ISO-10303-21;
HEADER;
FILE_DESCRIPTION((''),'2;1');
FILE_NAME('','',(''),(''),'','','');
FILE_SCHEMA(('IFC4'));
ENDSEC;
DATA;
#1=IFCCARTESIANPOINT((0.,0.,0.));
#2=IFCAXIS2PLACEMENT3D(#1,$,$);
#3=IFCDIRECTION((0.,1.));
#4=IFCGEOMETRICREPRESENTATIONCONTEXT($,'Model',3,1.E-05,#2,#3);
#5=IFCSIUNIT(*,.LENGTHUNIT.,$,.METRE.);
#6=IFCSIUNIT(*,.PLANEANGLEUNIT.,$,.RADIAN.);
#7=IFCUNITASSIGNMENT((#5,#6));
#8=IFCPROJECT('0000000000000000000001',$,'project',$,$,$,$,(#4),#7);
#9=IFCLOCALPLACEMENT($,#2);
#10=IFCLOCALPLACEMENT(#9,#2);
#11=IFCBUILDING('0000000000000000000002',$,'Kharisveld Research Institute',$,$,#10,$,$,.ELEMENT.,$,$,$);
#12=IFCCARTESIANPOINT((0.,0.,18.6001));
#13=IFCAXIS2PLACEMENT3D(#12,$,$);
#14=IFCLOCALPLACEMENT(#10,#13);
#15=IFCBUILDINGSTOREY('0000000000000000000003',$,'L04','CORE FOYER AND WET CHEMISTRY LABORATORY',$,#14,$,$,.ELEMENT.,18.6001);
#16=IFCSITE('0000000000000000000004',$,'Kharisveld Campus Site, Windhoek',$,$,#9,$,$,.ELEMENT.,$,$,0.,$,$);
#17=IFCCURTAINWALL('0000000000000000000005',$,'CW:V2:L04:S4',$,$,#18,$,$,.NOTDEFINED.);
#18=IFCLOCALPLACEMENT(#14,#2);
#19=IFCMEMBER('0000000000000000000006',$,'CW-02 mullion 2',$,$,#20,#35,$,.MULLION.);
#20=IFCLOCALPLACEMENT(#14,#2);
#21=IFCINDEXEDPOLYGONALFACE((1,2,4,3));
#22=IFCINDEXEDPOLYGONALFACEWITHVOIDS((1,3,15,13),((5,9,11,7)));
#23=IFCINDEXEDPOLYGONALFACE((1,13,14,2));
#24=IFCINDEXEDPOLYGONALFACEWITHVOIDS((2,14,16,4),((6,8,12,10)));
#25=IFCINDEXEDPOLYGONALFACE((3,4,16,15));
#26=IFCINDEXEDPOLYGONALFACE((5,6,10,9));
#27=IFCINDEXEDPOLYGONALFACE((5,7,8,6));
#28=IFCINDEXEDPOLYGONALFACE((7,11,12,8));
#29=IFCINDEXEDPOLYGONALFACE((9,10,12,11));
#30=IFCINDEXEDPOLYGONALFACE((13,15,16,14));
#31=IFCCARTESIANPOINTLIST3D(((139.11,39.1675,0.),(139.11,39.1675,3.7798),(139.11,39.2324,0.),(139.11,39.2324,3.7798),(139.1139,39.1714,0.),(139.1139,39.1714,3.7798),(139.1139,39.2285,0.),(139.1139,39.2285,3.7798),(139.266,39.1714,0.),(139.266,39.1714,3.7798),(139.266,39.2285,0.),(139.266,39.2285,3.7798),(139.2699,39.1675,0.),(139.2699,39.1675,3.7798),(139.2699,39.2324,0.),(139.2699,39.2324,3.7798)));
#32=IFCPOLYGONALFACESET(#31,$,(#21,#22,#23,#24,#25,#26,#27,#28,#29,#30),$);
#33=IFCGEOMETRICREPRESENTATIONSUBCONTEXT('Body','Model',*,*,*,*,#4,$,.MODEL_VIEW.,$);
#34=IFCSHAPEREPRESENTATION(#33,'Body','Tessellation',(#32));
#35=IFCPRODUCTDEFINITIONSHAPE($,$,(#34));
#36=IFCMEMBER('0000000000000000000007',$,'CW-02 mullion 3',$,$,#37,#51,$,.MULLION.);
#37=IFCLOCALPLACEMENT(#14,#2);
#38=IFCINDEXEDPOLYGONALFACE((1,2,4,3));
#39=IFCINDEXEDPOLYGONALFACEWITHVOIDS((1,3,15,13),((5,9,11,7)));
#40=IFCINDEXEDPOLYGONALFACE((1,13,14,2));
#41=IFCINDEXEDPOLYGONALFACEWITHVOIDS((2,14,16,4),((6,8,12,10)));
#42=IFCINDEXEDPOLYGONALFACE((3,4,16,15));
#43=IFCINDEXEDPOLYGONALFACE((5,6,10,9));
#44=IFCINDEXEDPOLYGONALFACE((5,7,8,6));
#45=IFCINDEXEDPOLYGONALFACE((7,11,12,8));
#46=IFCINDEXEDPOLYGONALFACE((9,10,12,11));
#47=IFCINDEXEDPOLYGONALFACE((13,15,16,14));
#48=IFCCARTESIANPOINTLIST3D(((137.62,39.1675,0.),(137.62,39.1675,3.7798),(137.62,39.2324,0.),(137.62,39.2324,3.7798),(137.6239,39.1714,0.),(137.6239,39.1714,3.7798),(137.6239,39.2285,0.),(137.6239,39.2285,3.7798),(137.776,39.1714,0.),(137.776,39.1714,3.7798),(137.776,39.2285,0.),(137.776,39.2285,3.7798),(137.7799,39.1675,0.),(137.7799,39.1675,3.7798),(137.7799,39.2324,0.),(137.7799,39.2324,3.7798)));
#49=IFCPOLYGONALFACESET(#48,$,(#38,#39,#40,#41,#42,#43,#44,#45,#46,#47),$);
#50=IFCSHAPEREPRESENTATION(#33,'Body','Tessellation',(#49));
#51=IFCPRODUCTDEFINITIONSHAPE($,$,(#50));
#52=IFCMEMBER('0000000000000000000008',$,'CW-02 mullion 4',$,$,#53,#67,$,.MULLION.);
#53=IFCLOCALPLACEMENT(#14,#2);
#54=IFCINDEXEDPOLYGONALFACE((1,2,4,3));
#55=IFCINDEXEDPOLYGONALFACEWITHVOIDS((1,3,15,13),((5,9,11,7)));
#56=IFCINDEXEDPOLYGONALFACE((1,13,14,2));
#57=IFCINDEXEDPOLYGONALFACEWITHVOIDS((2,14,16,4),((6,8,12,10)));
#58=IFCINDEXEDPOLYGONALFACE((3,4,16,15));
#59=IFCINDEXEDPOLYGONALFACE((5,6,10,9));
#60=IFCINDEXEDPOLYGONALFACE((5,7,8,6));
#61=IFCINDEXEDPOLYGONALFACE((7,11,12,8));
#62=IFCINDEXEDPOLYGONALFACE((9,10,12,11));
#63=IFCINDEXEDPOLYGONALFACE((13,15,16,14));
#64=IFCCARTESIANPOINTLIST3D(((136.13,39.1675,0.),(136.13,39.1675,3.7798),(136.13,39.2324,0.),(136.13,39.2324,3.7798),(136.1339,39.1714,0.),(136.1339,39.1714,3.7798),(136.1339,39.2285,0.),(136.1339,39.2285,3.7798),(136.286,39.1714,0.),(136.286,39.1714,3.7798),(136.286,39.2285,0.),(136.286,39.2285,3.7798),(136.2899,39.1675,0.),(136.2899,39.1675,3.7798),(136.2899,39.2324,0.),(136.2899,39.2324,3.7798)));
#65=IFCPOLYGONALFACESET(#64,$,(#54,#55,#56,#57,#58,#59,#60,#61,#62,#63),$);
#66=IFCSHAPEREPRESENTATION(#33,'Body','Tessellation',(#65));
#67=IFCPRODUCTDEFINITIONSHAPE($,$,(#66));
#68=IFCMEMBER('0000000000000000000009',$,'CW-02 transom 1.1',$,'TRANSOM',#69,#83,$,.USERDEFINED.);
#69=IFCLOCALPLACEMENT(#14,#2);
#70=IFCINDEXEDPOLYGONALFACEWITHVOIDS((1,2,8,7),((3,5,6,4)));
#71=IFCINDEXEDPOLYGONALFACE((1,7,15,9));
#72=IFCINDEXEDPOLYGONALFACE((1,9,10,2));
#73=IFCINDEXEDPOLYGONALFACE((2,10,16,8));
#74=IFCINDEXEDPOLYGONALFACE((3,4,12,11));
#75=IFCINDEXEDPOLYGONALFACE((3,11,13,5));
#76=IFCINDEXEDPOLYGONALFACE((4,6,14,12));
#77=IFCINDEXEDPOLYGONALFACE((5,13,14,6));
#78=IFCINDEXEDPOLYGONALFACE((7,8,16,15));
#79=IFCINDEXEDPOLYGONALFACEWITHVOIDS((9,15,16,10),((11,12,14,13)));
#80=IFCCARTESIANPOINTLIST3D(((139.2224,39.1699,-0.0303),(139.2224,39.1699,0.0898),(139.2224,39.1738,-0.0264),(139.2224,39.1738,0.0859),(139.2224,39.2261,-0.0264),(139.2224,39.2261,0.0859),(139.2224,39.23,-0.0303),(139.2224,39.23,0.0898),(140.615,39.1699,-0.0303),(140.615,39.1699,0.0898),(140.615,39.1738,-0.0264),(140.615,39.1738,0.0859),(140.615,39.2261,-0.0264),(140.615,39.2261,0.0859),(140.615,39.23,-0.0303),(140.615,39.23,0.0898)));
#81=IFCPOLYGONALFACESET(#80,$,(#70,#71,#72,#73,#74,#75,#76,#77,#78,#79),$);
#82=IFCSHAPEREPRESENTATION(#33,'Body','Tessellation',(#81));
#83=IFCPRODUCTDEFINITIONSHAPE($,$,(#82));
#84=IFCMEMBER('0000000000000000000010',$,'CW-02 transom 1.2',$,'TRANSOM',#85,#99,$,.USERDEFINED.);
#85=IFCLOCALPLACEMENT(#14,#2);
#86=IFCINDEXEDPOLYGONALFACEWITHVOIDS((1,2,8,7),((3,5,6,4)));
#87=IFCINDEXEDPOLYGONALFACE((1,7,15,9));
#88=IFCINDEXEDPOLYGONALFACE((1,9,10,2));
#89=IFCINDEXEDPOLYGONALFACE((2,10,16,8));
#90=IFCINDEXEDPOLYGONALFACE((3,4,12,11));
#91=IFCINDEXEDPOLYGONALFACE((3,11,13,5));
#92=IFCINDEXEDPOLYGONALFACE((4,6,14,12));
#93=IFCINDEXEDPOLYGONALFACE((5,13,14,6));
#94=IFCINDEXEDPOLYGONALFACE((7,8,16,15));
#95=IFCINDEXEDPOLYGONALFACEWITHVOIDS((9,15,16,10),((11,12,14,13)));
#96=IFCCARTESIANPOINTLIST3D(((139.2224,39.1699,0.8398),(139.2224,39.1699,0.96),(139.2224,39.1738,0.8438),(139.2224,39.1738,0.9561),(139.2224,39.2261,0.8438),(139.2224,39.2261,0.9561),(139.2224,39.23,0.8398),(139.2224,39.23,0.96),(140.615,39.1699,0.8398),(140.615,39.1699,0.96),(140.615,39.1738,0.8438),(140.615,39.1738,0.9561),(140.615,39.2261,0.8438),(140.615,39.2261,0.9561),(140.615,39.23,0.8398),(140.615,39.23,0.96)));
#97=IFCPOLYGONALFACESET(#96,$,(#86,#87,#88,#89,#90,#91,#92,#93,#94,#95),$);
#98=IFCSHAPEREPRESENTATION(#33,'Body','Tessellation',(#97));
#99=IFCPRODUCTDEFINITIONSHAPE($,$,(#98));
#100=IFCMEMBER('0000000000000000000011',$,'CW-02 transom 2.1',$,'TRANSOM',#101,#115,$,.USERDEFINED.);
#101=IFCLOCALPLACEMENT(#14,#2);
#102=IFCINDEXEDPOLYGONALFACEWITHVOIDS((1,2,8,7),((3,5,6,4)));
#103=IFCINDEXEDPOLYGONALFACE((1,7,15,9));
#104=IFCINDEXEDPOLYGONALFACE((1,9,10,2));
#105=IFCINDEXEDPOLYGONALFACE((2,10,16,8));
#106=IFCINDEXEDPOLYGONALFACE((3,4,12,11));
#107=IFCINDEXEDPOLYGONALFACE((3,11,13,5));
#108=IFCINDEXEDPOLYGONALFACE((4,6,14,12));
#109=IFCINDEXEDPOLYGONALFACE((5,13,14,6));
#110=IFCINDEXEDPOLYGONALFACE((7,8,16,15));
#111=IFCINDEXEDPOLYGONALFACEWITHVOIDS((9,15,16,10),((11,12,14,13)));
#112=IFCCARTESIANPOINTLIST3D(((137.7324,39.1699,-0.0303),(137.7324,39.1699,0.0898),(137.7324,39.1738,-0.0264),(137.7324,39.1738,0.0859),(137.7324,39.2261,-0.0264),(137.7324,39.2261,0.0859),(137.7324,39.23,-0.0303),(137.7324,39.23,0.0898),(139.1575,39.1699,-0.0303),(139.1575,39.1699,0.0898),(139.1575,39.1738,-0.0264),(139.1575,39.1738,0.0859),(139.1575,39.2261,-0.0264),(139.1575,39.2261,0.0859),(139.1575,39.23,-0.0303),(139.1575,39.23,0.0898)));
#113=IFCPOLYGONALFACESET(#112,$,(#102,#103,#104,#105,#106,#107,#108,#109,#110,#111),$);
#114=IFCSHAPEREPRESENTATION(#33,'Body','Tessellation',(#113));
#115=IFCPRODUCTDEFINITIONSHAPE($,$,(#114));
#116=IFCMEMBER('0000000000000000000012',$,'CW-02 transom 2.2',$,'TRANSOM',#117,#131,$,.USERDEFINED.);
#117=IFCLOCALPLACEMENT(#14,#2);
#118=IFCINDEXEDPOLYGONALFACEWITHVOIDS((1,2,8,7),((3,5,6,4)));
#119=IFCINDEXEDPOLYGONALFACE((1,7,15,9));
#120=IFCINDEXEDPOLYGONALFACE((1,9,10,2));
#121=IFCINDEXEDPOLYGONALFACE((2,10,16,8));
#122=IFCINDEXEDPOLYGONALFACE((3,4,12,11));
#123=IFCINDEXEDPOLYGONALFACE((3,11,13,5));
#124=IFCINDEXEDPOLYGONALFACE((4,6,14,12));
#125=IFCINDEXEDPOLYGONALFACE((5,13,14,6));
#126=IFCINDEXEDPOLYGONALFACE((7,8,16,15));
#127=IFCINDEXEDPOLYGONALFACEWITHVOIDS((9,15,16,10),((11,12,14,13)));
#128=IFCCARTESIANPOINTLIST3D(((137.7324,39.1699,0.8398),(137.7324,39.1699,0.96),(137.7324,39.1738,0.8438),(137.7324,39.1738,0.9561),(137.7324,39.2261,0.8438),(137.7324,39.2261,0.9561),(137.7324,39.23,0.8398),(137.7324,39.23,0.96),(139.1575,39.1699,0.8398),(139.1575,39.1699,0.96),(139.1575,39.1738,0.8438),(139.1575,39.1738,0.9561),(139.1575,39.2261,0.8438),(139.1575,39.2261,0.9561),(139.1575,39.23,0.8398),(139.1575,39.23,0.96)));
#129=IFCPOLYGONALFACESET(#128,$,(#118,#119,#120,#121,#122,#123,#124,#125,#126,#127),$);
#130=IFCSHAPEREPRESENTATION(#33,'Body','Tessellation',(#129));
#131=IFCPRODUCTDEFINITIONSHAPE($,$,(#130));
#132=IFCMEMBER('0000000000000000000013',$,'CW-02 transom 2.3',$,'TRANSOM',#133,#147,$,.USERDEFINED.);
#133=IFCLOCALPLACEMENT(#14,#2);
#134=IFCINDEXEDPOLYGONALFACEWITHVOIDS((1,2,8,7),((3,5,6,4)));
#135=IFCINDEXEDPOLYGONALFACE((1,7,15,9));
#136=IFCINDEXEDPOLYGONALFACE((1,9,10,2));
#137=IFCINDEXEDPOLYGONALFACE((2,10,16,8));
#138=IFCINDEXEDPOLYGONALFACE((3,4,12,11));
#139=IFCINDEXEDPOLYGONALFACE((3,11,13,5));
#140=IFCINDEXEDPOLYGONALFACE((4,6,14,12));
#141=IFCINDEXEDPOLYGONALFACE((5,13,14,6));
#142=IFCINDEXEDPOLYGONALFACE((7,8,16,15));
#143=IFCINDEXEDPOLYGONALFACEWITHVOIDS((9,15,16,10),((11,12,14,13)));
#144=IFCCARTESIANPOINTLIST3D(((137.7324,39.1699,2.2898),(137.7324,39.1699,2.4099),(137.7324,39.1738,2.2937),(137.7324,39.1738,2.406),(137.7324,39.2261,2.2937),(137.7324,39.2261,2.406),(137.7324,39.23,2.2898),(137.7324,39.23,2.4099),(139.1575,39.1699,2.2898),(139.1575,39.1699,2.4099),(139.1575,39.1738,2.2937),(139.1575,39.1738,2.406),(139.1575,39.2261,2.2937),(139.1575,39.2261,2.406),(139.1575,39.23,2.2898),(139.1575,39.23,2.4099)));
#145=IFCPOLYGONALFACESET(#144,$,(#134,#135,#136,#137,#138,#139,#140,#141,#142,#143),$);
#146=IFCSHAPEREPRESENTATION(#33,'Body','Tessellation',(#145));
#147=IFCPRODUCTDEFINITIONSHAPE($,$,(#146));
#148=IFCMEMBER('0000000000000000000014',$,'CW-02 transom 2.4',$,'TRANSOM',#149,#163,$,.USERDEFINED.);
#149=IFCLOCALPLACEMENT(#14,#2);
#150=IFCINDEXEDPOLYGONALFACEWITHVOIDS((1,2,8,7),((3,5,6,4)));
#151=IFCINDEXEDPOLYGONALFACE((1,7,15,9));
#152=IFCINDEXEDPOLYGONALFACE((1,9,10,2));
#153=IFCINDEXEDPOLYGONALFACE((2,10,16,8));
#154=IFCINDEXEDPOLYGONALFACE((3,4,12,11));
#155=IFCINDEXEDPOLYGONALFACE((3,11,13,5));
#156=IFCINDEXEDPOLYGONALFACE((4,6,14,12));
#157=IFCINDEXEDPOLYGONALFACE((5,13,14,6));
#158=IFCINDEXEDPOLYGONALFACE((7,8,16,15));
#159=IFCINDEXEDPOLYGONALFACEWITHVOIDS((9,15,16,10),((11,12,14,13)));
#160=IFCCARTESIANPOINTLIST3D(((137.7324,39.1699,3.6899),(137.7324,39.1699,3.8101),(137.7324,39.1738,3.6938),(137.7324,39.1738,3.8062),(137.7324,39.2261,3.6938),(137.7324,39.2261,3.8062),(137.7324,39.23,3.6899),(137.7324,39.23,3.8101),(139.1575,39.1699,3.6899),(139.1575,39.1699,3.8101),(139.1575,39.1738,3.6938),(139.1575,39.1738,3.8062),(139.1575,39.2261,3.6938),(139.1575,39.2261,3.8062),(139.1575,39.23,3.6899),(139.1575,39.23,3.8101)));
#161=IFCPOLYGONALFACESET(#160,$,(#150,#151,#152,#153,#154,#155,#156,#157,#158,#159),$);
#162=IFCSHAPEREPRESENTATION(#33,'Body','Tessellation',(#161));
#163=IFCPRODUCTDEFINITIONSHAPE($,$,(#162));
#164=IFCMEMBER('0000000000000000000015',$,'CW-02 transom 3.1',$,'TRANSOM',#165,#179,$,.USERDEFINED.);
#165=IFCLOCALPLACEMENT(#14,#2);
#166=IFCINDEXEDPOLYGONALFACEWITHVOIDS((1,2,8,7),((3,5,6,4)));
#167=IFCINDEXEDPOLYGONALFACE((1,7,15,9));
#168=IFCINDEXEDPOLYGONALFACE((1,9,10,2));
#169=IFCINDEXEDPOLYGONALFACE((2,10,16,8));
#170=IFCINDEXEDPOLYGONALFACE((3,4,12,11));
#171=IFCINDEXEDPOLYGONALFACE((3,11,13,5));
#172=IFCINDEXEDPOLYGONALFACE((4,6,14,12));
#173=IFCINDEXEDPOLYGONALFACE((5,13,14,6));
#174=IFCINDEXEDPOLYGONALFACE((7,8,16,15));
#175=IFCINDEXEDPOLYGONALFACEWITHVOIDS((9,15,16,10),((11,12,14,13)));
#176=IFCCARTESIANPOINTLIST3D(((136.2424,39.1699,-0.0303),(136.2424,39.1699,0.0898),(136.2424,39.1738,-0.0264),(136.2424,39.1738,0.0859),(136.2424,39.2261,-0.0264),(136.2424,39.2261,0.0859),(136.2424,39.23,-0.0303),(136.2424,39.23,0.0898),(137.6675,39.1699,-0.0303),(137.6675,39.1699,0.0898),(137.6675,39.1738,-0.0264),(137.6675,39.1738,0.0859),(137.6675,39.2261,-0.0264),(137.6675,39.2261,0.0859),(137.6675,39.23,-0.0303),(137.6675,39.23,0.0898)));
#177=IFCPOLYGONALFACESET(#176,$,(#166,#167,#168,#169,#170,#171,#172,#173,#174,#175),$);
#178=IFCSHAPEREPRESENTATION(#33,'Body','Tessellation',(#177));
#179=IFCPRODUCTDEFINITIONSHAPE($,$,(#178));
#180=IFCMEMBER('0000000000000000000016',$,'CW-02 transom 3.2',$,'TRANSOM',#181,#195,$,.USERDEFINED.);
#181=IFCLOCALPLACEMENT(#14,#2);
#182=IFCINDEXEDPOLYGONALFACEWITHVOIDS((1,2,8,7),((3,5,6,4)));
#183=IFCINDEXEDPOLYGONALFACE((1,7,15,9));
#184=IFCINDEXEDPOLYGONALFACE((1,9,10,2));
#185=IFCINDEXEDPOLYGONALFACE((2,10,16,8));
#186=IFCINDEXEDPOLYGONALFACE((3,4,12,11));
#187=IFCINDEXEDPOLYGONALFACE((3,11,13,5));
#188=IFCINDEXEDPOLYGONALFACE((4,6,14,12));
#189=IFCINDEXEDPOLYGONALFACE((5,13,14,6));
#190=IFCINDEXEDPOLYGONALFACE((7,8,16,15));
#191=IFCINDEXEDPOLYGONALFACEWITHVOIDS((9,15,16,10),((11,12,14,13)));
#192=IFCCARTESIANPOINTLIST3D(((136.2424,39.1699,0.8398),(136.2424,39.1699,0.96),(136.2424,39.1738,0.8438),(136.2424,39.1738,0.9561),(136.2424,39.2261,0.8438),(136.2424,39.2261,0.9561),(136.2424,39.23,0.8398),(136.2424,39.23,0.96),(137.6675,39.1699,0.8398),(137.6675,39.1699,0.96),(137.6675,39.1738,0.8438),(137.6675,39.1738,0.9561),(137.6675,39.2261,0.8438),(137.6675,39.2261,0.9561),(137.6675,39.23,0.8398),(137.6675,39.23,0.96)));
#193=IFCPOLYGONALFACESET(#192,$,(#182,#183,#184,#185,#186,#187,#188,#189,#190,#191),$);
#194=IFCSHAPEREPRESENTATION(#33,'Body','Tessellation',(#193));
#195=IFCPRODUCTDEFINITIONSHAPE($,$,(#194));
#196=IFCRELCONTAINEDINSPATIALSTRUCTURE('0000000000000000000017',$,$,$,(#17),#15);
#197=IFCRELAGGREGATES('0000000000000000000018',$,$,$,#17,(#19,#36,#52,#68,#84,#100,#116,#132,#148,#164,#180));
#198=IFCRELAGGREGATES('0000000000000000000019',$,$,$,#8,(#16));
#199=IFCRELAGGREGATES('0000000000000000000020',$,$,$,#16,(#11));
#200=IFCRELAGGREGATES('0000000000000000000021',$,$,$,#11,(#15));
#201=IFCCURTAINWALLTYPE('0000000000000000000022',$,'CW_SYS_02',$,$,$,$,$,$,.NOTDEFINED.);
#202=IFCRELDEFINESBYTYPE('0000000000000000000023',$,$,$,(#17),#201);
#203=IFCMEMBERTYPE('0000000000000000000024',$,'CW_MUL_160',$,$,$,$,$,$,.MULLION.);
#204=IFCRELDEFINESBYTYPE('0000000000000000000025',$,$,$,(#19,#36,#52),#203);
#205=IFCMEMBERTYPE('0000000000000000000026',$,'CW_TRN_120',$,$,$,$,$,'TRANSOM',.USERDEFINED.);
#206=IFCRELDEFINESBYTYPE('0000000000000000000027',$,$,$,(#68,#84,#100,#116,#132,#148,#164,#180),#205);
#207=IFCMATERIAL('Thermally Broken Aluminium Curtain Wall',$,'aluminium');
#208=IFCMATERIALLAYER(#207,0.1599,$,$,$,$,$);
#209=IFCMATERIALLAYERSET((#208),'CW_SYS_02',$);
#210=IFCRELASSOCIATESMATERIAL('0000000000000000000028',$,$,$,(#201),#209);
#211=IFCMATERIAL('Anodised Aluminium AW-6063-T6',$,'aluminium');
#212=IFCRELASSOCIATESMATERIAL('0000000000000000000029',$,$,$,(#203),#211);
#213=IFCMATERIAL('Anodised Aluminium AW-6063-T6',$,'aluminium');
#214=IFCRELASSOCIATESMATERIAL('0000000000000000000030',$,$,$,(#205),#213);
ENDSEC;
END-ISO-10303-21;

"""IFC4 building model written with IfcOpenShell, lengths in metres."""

from ifc_helpers import new_model, si_unit, direction, frame, origin, origin_2d, place, context, subcontext, project, spatial, hollow_rectangle, extrude, material, layer, layer_set, material_profile, profile_set, type_object, element, aggregate, save


model = new_model("IFC4")

# Units and contexts
model_context = context("Model", 3, precision=1e-05, world=origin(), true_north=direction((0.0, 1.0)))
body_context = subcontext(model_context, "Body", "Model", "MODEL_VIEW")
ifc_project = project(units=[si_unit("LENGTHUNIT", "METRE"), si_unit("PLANEANGLEUNIT", "RADIAN")], contexts=[model_context])

# Site, building, storey
site_placement = place(None, origin())
site = spatial("IfcSite", under=ifc_project, at=site_placement, Name="Kharisveld Campus Site, Windhoek", CompositionType="ELEMENT", RefElevation=0.0)
building_placement = place(site_placement, origin())
building = spatial("IfcBuilding", under=site, at=building_placement, Name="Kharisveld Research Institute", CompositionType="ELEMENT")
storey_placement = place(building_placement, frame((0.0, 0.0, 18.6001)))
storey = spatial("IfcBuildingStorey", under=building, at=storey_placement, Name="L04", Description="CORE FOYER AND WET CHEMISTRY LABORATORY", CompositionType="ELEMENT", Elevation=18.6001)

# Curtain wall, members
ifc_material_1 = material(Name="Thermally Broken Aluminium Curtain Wall", Category="aluminium")
ifc_layer_1 = layer(ifc_material_1, 0.1599)
ifc_layer_set_1 = layer_set([ifc_layer_1], Name="CW_SYS_02")
curtain_wall_type = type_object("IfcCurtainWallType", Name="CW_SYS_02", PredefinedType="NOTDEFINED", material=ifc_layer_set_1)
curtain_wall_placement = place(storey_placement, origin())
curtain_wall = element("IfcCurtainWall", 1, at=curtain_wall_placement, inside=storey, type_object=curtain_wall_type, Name="CW:V2:L04:S4", PredefinedType="NOTDEFINED")
ifc_material_2 = material(Name="Anodised Aluminium AW-6063-T6", Category="aluminium")
ifc_material_profile_1 = material_profile(ifc_material_2, hollow_rectangle(XDim=0.0649, YDim=0.1599, WallThickness=0.0039, at=origin_2d()))
ifc_profile_set_1 = profile_set([ifc_material_profile_1], Name="Anodised Aluminium AW-6063-T6")
member_type_1 = type_object("IfcMemberType", Name="CW_MUL_160", PredefinedType="MULLION", material=ifc_profile_set_1)
member_1_placement = place(storey_placement, frame((139.1899, 39.2, 0.0), z_axis=(0.0, 0.0, 1.0), x_axis=(0.0, -1.0, 0.0)))
member_1 = element("IfcMember", 2, at=member_1_placement, type_object=member_type_1, Name="CW-02 mullion 2", PredefinedType="MULLION", context=body_context, shape_type="SweptSolid", body=[
    extrude(hollow_rectangle(XDim=0.0649, YDim=0.1599, WallThickness=0.0039, at=origin_2d()), origin(), (0.0, 0.0, 1.0), 3.7798),
])
member_2_placement = place(storey_placement, frame((137.7, 39.2, 0.0), z_axis=(0.0, 0.0, 1.0), x_axis=(0.0, -1.0, 0.0)))
member_2 = element("IfcMember", 3, at=member_2_placement, type_object=member_type_1, Name="CW-02 mullion 3", PredefinedType="MULLION", context=body_context, shape_type="SweptSolid", body=[
    extrude(hollow_rectangle(XDim=0.0649, YDim=0.1599, WallThickness=0.0039, at=origin_2d()), origin(), (0.0, 0.0, 1.0), 3.7798),
])
member_3_placement = place(storey_placement, frame((136.21, 39.2, 0.0), z_axis=(0.0, 0.0, 1.0), x_axis=(0.0, -1.0, 0.0)))
member_3 = element("IfcMember", 4, at=member_3_placement, type_object=member_type_1, Name="CW-02 mullion 4", PredefinedType="MULLION", context=body_context, shape_type="SweptSolid", body=[
    extrude(hollow_rectangle(XDim=0.0649, YDim=0.1599, WallThickness=0.0039, at=origin_2d()), origin(), (0.0, 0.0, 1.0), 3.7798),
])
ifc_material_3 = material(Name="Anodised Aluminium AW-6063-T6", Category="aluminium")
ifc_material_profile_2 = material_profile(ifc_material_3, hollow_rectangle(XDim=0.0601, YDim=0.1201, WallThickness=0.0039, at=origin_2d()))
ifc_profile_set_2 = profile_set([ifc_material_profile_2], Name="Anodised Aluminium AW-6063-T6")
member_type_2 = type_object("IfcMemberType", Name="CW_TRN_120", ElementType="TRANSOM", PredefinedType="USERDEFINED", material=ifc_profile_set_2)
member_4_placement = place(storey_placement, frame((140.615, 39.2, 0.0298), z_axis=(-1.0, 0.0, 0.0), x_axis=(0.0, -1.0, 0.0)))
member_4 = element("IfcMember", 5, at=member_4_placement, type_object=member_type_2, Name="CW-02 transom 1.1", ObjectType="TRANSOM", PredefinedType="USERDEFINED", context=body_context, shape_type="SweptSolid", body=[
    extrude(hollow_rectangle(XDim=0.0601, YDim=0.1201, WallThickness=0.0039, at=origin_2d()), origin(), (0.0, 0.0, 1.0), 1.3926),
])
member_5_placement = place(storey_placement, frame((140.615, 39.2, 0.8999), z_axis=(-1.0, 0.0, 0.0), x_axis=(0.0, -1.0, 0.0)))
member_5 = element("IfcMember", 6, at=member_5_placement, type_object=member_type_2, Name="CW-02 transom 1.2", ObjectType="TRANSOM", PredefinedType="USERDEFINED", context=body_context, shape_type="SweptSolid", body=[
    extrude(hollow_rectangle(XDim=0.0601, YDim=0.1201, WallThickness=0.0039, at=origin_2d()), origin(), (0.0, 0.0, 1.0), 1.3926),
])
member_6_placement = place(storey_placement, frame((139.1575, 39.2, 0.0298), z_axis=(-1.0, 0.0, 0.0), x_axis=(0.0, -1.0, 0.0)))
member_6 = element("IfcMember", 7, at=member_6_placement, type_object=member_type_2, Name="CW-02 transom 2.1", ObjectType="TRANSOM", PredefinedType="USERDEFINED", context=body_context, shape_type="SweptSolid", body=[
    extrude(hollow_rectangle(XDim=0.0601, YDim=0.1201, WallThickness=0.0039, at=origin_2d()), origin(), (0.0, 0.0, 1.0), 1.425),
])
member_7_placement = place(storey_placement, frame((139.1575, 39.2, 0.8999), z_axis=(-1.0, 0.0, 0.0), x_axis=(0.0, -1.0, 0.0)))
member_7 = element("IfcMember", 8, at=member_7_placement, type_object=member_type_2, Name="CW-02 transom 2.2", ObjectType="TRANSOM", PredefinedType="USERDEFINED", context=body_context, shape_type="SweptSolid", body=[
    extrude(hollow_rectangle(XDim=0.0601, YDim=0.1201, WallThickness=0.0039, at=origin_2d()), origin(), (0.0, 0.0, 1.0), 1.425),
])
member_8_placement = place(storey_placement, frame((139.1575, 39.2, 2.3499), z_axis=(-1.0, 0.0, 0.0), x_axis=(0.0, -1.0, 0.0)))
member_8 = element("IfcMember", 9, at=member_8_placement, type_object=member_type_2, Name="CW-02 transom 2.3", ObjectType="TRANSOM", PredefinedType="USERDEFINED", context=body_context, shape_type="SweptSolid", body=[
    extrude(hollow_rectangle(XDim=0.0601, YDim=0.1201, WallThickness=0.0039, at=origin_2d()), origin(), (0.0, 0.0, 1.0), 1.425),
])
member_9_placement = place(storey_placement, frame((139.1575, 39.2, 3.75), z_axis=(-1.0, 0.0, 0.0), x_axis=(0.0, -1.0, 0.0)))
member_9 = element("IfcMember", 10, at=member_9_placement, type_object=member_type_2, Name="CW-02 transom 2.4", ObjectType="TRANSOM", PredefinedType="USERDEFINED", context=body_context, shape_type="SweptSolid", body=[
    extrude(hollow_rectangle(XDim=0.0601, YDim=0.1201, WallThickness=0.0039, at=origin_2d()), origin(), (0.0, 0.0, 1.0), 1.425),
])
member_10_placement = place(storey_placement, frame((137.6675, 39.2, 0.0298), z_axis=(-1.0, 0.0, 0.0), x_axis=(0.0, -1.0, 0.0)))
member_10 = element("IfcMember", 11, at=member_10_placement, type_object=member_type_2, Name="CW-02 transom 3.1", ObjectType="TRANSOM", PredefinedType="USERDEFINED", context=body_context, shape_type="SweptSolid", body=[
    extrude(hollow_rectangle(XDim=0.0601, YDim=0.1201, WallThickness=0.0039, at=origin_2d()), origin(), (0.0, 0.0, 1.0), 1.425),
])
member_11_placement = place(storey_placement, frame((137.6675, 39.2, 0.8999), z_axis=(-1.0, 0.0, 0.0), x_axis=(0.0, -1.0, 0.0)))
member_11 = element("IfcMember", 12, at=member_11_placement, type_object=member_type_2, Name="CW-02 transom 3.2", ObjectType="TRANSOM", PredefinedType="USERDEFINED", context=body_context, shape_type="SweptSolid", body=[
    extrude(hollow_rectangle(XDim=0.0601, YDim=0.1201, WallThickness=0.0039, at=origin_2d()), origin(), (0.0, 0.0, 1.0), 1.425),
])
aggregate(curtain_wall, [member_1, member_2, member_3, member_4, member_5, member_6, member_7, member_8, member_9, member_10, member_11])

save(model, "model.ifc")
